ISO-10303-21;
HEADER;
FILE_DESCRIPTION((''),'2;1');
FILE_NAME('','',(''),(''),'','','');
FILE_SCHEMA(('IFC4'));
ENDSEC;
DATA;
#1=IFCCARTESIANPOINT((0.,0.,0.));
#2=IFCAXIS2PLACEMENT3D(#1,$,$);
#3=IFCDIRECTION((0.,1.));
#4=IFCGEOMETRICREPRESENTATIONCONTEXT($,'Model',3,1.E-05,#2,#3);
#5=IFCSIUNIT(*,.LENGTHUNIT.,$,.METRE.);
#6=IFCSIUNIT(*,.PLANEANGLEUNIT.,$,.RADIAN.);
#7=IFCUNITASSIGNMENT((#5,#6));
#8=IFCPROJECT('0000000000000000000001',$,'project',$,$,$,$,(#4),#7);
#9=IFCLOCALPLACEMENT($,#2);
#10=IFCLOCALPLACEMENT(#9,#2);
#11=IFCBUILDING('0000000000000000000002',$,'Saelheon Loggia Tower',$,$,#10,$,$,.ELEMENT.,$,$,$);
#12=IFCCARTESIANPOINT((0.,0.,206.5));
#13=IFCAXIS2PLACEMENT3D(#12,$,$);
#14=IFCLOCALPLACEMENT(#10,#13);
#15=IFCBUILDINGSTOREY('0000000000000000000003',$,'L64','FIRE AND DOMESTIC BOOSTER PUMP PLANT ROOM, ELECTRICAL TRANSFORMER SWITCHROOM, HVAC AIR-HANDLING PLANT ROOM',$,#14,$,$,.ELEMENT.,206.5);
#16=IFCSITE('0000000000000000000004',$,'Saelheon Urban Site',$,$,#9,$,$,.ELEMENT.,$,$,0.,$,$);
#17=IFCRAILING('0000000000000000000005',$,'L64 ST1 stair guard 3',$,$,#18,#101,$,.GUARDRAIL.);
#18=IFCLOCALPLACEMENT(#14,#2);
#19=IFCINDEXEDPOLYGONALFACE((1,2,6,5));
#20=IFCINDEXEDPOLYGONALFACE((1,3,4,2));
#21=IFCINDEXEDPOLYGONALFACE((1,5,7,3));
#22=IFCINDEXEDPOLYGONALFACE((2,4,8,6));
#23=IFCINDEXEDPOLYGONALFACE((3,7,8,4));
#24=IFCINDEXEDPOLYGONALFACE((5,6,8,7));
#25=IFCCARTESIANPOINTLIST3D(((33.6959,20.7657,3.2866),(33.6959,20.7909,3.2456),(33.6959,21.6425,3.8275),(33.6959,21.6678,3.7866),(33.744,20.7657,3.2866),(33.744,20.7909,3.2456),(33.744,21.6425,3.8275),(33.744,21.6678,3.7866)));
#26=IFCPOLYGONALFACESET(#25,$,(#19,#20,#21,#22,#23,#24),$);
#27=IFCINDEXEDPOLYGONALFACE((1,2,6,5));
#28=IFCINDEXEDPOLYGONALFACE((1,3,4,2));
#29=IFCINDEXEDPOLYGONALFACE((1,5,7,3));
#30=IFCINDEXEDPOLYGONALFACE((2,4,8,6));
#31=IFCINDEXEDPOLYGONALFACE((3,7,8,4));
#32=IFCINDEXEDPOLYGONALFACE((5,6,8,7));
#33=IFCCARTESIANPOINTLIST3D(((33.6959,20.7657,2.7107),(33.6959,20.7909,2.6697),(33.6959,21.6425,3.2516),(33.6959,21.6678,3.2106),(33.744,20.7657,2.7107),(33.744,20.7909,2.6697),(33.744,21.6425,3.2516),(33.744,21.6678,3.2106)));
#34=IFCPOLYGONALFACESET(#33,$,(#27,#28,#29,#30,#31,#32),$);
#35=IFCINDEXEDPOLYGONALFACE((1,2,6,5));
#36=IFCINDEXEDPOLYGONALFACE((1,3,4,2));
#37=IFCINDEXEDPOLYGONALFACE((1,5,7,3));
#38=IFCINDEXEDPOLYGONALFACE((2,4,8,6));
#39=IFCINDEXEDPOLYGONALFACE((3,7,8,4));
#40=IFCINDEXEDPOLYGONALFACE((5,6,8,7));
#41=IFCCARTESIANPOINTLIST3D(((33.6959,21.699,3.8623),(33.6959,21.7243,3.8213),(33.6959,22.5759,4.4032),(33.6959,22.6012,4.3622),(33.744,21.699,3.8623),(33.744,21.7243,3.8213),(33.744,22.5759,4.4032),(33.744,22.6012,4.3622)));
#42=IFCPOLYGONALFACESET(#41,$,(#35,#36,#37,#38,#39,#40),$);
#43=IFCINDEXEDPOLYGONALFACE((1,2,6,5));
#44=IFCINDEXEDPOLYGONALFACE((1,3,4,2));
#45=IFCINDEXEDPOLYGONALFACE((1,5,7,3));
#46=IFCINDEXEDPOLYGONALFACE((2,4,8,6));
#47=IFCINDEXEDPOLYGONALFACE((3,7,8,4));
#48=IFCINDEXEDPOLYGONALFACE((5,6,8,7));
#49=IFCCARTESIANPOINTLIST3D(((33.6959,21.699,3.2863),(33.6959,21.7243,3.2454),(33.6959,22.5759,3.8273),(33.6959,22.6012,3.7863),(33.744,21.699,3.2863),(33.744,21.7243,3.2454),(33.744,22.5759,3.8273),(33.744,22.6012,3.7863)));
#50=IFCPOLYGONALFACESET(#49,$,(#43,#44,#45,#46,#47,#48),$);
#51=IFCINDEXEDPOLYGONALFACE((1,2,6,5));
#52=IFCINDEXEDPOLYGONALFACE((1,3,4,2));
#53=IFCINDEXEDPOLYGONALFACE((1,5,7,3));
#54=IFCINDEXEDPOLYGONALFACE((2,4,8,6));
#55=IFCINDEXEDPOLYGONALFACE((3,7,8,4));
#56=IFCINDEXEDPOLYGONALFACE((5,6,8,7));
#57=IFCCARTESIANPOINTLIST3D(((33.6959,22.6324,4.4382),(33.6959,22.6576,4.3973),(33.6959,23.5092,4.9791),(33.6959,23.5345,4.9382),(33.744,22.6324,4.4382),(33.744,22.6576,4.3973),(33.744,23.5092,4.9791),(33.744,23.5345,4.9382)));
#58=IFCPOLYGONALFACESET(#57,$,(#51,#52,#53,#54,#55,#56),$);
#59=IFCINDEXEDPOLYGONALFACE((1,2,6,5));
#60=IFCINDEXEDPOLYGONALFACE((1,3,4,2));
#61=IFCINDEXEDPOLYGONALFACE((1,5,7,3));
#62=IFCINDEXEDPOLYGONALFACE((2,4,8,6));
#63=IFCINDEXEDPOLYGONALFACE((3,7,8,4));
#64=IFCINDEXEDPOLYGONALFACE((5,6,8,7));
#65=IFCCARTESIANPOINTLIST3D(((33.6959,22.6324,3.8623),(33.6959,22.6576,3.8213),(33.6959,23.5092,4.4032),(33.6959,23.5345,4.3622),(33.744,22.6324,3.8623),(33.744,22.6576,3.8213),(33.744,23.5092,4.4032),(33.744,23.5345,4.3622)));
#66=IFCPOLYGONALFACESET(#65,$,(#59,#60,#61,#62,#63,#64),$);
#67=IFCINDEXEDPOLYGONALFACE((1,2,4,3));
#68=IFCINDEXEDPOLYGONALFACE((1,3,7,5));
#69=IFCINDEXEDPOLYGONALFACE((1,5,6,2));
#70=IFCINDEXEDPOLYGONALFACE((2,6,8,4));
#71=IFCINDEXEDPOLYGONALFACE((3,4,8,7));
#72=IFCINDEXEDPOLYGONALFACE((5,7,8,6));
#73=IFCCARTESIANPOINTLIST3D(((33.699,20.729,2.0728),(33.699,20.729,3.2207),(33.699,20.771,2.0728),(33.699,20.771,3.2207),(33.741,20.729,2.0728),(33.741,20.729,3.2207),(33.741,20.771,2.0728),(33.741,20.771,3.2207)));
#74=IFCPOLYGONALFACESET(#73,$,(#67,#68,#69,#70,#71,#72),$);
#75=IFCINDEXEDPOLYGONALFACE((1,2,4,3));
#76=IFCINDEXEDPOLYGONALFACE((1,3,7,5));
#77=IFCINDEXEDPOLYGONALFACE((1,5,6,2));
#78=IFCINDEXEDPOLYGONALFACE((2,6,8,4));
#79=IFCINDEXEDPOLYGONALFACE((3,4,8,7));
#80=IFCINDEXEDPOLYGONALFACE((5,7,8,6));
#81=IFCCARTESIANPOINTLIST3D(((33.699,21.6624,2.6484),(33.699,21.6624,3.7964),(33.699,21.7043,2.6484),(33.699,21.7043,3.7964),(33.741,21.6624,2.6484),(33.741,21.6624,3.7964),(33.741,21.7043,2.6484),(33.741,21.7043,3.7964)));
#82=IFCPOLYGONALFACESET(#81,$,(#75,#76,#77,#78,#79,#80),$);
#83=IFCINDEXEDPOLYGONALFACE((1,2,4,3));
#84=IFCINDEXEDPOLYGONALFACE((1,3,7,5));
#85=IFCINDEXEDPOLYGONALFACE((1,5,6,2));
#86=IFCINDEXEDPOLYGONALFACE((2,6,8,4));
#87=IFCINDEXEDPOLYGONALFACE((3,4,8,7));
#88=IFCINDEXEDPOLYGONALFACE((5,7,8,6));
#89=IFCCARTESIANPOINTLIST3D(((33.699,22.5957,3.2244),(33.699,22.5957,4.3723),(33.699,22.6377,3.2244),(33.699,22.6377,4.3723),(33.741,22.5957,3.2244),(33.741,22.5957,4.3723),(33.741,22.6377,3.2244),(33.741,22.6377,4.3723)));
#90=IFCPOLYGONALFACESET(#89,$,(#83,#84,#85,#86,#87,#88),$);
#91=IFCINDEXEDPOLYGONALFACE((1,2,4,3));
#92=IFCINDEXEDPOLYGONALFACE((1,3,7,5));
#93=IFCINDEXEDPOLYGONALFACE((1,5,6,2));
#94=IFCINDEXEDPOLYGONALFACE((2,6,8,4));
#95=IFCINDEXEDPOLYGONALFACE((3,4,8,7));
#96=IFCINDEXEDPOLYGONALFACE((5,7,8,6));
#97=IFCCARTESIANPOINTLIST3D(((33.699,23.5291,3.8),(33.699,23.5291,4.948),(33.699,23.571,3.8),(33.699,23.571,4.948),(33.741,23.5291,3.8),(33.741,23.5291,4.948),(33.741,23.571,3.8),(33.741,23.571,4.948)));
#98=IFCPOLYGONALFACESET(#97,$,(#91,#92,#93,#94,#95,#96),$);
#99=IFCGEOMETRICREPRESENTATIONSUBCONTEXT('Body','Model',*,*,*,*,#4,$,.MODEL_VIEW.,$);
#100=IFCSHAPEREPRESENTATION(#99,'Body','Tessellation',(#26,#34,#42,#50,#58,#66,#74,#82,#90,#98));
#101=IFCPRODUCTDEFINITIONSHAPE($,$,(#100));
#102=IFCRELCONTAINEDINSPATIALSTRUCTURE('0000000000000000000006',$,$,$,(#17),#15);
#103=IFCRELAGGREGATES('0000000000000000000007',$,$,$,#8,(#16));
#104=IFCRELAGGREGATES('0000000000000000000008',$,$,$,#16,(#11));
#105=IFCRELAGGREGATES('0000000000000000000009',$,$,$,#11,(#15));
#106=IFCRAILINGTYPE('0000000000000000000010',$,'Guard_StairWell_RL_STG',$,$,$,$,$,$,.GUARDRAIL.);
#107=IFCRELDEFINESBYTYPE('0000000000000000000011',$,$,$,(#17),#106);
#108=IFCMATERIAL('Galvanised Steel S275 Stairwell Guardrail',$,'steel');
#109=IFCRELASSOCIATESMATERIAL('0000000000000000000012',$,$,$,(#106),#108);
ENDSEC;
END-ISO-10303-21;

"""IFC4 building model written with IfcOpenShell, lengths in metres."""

from ifc_helpers import new_model, si_unit, direction, frame, origin, origin_2d, place, context, subcontext, project, spatial, rectangle, extrude, material, type_object, element, save


model = new_model("IFC4")

# Units and contexts
model_context = context("Model", 3, precision=1e-05, world=origin(), true_north=direction((0.0, 1.0)))
body_context = subcontext(model_context, "Body", "Model", "MODEL_VIEW")
ifc_project = project(units=[si_unit("LENGTHUNIT", "METRE"), si_unit("PLANEANGLEUNIT", "RADIAN")], contexts=[model_context])

# Site, building, storey
site_placement = place(None, origin())
site = spatial("IfcSite", under=ifc_project, at=site_placement, Name="Saelheon Urban Site", CompositionType="ELEMENT", RefElevation=0.0)
building_placement = place(site_placement, origin())
building = spatial("IfcBuilding", under=site, at=building_placement, Name="Saelheon Loggia Tower", CompositionType="ELEMENT")
storey_placement = place(building_placement, frame((0.0, 0.0, 206.5)))
storey = spatial("IfcBuildingStorey", under=building, at=storey_placement, Name="L64", Description="FIRE AND DOMESTIC BOOSTER PUMP PLANT ROOM, ELECTRICAL TRANSFORMER SWITCHROOM, HVAC AIR-HANDLING PLANT ROOM", CompositionType="ELEMENT", Elevation=206.5)

# Railing
ifc_material_1 = material(Name="Galvanised Steel S275 Stairwell Guardrail", Category="steel")
railing_type = type_object("IfcRailingType", Name="Guard_StairWell_RL_STG", PredefinedType="GUARDRAIL", material=ifc_material_1)
railing_placement = place(storey_placement, frame((33.72, 20.75, 2.0728)))
element("IfcRailing", 1, at=railing_placement, inside=storey, type_object=railing_type, Name="L64 ST1 stair guard 3", PredefinedType="GUARDRAIL", context=body_context, shape_type="SweptSolid", body=[
    extrude(rectangle(XDim=0.0481, YDim=0.0481, at=origin_2d()), frame((0.0, 0.0283, 1.1934), z_axis=(0.0, 0.85109, 0.52502), x_axis=(-1.0, 0.0, 0.0)), (0.0, 0.0, 1.0), 1.0303),
    extrude(rectangle(XDim=0.0481, YDim=0.0481, at=origin_2d()), frame((0.0, 0.0283, 0.6174), z_axis=(0.0, 0.85109, 0.52502), x_axis=(-1.0, 0.0, 0.0)), (0.0, 0.0, 1.0), 1.0303),
    extrude(rectangle(XDim=0.0481, YDim=0.0481, at=origin_2d()), frame((0.0, 0.9617, 1.769), z_axis=(0.0, 0.85109, 0.52502), x_axis=(-1.0, 0.0, 0.0)), (0.0, 0.0, 1.0), 1.0303),
    extrude(rectangle(XDim=0.0481, YDim=0.0481, at=origin_2d()), frame((0.0, 0.9617, 1.1931), z_axis=(0.0, 0.85109, 0.52502), x_axis=(-1.0, 0.0, 0.0)), (0.0, 0.0, 1.0), 1.0303),
    extrude(rectangle(XDim=0.0481, YDim=0.0481, at=origin_2d()), frame((0.0, 1.895, 2.345), z_axis=(0.0, 0.85109, 0.52502), x_axis=(-1.0, 0.0, 0.0)), (0.0, 0.0, 1.0), 1.0303),
    extrude(rectangle(XDim=0.0481, YDim=0.0481, at=origin_2d()), frame((0.0, 1.895, 1.769), z_axis=(0.0, 0.85109, 0.52502), x_axis=(-1.0, 0.0, 0.0)), (0.0, 0.0, 1.0), 1.0303),
    extrude(rectangle(XDim=0.042, YDim=0.042, at=origin_2d()), origin(), (0.0, 0.0, 1.0), 1.1479),
    extrude(rectangle(XDim=0.042, YDim=0.042, at=origin_2d()), frame((0.0, 0.9333, 0.5757)), (0.0, 0.0, 1.0), 1.1479),
    extrude(rectangle(XDim=0.042, YDim=0.042, at=origin_2d()), frame((0.0, 1.8667, 1.1516)), (0.0, 0.0, 1.0), 1.1479),
    extrude(rectangle(XDim=0.042, YDim=0.042, at=origin_2d()), frame((0.0, 2.8, 1.7273)), (0.0, 0.0, 1.0), 1.1479),
])

save(model, "model.ifc")
